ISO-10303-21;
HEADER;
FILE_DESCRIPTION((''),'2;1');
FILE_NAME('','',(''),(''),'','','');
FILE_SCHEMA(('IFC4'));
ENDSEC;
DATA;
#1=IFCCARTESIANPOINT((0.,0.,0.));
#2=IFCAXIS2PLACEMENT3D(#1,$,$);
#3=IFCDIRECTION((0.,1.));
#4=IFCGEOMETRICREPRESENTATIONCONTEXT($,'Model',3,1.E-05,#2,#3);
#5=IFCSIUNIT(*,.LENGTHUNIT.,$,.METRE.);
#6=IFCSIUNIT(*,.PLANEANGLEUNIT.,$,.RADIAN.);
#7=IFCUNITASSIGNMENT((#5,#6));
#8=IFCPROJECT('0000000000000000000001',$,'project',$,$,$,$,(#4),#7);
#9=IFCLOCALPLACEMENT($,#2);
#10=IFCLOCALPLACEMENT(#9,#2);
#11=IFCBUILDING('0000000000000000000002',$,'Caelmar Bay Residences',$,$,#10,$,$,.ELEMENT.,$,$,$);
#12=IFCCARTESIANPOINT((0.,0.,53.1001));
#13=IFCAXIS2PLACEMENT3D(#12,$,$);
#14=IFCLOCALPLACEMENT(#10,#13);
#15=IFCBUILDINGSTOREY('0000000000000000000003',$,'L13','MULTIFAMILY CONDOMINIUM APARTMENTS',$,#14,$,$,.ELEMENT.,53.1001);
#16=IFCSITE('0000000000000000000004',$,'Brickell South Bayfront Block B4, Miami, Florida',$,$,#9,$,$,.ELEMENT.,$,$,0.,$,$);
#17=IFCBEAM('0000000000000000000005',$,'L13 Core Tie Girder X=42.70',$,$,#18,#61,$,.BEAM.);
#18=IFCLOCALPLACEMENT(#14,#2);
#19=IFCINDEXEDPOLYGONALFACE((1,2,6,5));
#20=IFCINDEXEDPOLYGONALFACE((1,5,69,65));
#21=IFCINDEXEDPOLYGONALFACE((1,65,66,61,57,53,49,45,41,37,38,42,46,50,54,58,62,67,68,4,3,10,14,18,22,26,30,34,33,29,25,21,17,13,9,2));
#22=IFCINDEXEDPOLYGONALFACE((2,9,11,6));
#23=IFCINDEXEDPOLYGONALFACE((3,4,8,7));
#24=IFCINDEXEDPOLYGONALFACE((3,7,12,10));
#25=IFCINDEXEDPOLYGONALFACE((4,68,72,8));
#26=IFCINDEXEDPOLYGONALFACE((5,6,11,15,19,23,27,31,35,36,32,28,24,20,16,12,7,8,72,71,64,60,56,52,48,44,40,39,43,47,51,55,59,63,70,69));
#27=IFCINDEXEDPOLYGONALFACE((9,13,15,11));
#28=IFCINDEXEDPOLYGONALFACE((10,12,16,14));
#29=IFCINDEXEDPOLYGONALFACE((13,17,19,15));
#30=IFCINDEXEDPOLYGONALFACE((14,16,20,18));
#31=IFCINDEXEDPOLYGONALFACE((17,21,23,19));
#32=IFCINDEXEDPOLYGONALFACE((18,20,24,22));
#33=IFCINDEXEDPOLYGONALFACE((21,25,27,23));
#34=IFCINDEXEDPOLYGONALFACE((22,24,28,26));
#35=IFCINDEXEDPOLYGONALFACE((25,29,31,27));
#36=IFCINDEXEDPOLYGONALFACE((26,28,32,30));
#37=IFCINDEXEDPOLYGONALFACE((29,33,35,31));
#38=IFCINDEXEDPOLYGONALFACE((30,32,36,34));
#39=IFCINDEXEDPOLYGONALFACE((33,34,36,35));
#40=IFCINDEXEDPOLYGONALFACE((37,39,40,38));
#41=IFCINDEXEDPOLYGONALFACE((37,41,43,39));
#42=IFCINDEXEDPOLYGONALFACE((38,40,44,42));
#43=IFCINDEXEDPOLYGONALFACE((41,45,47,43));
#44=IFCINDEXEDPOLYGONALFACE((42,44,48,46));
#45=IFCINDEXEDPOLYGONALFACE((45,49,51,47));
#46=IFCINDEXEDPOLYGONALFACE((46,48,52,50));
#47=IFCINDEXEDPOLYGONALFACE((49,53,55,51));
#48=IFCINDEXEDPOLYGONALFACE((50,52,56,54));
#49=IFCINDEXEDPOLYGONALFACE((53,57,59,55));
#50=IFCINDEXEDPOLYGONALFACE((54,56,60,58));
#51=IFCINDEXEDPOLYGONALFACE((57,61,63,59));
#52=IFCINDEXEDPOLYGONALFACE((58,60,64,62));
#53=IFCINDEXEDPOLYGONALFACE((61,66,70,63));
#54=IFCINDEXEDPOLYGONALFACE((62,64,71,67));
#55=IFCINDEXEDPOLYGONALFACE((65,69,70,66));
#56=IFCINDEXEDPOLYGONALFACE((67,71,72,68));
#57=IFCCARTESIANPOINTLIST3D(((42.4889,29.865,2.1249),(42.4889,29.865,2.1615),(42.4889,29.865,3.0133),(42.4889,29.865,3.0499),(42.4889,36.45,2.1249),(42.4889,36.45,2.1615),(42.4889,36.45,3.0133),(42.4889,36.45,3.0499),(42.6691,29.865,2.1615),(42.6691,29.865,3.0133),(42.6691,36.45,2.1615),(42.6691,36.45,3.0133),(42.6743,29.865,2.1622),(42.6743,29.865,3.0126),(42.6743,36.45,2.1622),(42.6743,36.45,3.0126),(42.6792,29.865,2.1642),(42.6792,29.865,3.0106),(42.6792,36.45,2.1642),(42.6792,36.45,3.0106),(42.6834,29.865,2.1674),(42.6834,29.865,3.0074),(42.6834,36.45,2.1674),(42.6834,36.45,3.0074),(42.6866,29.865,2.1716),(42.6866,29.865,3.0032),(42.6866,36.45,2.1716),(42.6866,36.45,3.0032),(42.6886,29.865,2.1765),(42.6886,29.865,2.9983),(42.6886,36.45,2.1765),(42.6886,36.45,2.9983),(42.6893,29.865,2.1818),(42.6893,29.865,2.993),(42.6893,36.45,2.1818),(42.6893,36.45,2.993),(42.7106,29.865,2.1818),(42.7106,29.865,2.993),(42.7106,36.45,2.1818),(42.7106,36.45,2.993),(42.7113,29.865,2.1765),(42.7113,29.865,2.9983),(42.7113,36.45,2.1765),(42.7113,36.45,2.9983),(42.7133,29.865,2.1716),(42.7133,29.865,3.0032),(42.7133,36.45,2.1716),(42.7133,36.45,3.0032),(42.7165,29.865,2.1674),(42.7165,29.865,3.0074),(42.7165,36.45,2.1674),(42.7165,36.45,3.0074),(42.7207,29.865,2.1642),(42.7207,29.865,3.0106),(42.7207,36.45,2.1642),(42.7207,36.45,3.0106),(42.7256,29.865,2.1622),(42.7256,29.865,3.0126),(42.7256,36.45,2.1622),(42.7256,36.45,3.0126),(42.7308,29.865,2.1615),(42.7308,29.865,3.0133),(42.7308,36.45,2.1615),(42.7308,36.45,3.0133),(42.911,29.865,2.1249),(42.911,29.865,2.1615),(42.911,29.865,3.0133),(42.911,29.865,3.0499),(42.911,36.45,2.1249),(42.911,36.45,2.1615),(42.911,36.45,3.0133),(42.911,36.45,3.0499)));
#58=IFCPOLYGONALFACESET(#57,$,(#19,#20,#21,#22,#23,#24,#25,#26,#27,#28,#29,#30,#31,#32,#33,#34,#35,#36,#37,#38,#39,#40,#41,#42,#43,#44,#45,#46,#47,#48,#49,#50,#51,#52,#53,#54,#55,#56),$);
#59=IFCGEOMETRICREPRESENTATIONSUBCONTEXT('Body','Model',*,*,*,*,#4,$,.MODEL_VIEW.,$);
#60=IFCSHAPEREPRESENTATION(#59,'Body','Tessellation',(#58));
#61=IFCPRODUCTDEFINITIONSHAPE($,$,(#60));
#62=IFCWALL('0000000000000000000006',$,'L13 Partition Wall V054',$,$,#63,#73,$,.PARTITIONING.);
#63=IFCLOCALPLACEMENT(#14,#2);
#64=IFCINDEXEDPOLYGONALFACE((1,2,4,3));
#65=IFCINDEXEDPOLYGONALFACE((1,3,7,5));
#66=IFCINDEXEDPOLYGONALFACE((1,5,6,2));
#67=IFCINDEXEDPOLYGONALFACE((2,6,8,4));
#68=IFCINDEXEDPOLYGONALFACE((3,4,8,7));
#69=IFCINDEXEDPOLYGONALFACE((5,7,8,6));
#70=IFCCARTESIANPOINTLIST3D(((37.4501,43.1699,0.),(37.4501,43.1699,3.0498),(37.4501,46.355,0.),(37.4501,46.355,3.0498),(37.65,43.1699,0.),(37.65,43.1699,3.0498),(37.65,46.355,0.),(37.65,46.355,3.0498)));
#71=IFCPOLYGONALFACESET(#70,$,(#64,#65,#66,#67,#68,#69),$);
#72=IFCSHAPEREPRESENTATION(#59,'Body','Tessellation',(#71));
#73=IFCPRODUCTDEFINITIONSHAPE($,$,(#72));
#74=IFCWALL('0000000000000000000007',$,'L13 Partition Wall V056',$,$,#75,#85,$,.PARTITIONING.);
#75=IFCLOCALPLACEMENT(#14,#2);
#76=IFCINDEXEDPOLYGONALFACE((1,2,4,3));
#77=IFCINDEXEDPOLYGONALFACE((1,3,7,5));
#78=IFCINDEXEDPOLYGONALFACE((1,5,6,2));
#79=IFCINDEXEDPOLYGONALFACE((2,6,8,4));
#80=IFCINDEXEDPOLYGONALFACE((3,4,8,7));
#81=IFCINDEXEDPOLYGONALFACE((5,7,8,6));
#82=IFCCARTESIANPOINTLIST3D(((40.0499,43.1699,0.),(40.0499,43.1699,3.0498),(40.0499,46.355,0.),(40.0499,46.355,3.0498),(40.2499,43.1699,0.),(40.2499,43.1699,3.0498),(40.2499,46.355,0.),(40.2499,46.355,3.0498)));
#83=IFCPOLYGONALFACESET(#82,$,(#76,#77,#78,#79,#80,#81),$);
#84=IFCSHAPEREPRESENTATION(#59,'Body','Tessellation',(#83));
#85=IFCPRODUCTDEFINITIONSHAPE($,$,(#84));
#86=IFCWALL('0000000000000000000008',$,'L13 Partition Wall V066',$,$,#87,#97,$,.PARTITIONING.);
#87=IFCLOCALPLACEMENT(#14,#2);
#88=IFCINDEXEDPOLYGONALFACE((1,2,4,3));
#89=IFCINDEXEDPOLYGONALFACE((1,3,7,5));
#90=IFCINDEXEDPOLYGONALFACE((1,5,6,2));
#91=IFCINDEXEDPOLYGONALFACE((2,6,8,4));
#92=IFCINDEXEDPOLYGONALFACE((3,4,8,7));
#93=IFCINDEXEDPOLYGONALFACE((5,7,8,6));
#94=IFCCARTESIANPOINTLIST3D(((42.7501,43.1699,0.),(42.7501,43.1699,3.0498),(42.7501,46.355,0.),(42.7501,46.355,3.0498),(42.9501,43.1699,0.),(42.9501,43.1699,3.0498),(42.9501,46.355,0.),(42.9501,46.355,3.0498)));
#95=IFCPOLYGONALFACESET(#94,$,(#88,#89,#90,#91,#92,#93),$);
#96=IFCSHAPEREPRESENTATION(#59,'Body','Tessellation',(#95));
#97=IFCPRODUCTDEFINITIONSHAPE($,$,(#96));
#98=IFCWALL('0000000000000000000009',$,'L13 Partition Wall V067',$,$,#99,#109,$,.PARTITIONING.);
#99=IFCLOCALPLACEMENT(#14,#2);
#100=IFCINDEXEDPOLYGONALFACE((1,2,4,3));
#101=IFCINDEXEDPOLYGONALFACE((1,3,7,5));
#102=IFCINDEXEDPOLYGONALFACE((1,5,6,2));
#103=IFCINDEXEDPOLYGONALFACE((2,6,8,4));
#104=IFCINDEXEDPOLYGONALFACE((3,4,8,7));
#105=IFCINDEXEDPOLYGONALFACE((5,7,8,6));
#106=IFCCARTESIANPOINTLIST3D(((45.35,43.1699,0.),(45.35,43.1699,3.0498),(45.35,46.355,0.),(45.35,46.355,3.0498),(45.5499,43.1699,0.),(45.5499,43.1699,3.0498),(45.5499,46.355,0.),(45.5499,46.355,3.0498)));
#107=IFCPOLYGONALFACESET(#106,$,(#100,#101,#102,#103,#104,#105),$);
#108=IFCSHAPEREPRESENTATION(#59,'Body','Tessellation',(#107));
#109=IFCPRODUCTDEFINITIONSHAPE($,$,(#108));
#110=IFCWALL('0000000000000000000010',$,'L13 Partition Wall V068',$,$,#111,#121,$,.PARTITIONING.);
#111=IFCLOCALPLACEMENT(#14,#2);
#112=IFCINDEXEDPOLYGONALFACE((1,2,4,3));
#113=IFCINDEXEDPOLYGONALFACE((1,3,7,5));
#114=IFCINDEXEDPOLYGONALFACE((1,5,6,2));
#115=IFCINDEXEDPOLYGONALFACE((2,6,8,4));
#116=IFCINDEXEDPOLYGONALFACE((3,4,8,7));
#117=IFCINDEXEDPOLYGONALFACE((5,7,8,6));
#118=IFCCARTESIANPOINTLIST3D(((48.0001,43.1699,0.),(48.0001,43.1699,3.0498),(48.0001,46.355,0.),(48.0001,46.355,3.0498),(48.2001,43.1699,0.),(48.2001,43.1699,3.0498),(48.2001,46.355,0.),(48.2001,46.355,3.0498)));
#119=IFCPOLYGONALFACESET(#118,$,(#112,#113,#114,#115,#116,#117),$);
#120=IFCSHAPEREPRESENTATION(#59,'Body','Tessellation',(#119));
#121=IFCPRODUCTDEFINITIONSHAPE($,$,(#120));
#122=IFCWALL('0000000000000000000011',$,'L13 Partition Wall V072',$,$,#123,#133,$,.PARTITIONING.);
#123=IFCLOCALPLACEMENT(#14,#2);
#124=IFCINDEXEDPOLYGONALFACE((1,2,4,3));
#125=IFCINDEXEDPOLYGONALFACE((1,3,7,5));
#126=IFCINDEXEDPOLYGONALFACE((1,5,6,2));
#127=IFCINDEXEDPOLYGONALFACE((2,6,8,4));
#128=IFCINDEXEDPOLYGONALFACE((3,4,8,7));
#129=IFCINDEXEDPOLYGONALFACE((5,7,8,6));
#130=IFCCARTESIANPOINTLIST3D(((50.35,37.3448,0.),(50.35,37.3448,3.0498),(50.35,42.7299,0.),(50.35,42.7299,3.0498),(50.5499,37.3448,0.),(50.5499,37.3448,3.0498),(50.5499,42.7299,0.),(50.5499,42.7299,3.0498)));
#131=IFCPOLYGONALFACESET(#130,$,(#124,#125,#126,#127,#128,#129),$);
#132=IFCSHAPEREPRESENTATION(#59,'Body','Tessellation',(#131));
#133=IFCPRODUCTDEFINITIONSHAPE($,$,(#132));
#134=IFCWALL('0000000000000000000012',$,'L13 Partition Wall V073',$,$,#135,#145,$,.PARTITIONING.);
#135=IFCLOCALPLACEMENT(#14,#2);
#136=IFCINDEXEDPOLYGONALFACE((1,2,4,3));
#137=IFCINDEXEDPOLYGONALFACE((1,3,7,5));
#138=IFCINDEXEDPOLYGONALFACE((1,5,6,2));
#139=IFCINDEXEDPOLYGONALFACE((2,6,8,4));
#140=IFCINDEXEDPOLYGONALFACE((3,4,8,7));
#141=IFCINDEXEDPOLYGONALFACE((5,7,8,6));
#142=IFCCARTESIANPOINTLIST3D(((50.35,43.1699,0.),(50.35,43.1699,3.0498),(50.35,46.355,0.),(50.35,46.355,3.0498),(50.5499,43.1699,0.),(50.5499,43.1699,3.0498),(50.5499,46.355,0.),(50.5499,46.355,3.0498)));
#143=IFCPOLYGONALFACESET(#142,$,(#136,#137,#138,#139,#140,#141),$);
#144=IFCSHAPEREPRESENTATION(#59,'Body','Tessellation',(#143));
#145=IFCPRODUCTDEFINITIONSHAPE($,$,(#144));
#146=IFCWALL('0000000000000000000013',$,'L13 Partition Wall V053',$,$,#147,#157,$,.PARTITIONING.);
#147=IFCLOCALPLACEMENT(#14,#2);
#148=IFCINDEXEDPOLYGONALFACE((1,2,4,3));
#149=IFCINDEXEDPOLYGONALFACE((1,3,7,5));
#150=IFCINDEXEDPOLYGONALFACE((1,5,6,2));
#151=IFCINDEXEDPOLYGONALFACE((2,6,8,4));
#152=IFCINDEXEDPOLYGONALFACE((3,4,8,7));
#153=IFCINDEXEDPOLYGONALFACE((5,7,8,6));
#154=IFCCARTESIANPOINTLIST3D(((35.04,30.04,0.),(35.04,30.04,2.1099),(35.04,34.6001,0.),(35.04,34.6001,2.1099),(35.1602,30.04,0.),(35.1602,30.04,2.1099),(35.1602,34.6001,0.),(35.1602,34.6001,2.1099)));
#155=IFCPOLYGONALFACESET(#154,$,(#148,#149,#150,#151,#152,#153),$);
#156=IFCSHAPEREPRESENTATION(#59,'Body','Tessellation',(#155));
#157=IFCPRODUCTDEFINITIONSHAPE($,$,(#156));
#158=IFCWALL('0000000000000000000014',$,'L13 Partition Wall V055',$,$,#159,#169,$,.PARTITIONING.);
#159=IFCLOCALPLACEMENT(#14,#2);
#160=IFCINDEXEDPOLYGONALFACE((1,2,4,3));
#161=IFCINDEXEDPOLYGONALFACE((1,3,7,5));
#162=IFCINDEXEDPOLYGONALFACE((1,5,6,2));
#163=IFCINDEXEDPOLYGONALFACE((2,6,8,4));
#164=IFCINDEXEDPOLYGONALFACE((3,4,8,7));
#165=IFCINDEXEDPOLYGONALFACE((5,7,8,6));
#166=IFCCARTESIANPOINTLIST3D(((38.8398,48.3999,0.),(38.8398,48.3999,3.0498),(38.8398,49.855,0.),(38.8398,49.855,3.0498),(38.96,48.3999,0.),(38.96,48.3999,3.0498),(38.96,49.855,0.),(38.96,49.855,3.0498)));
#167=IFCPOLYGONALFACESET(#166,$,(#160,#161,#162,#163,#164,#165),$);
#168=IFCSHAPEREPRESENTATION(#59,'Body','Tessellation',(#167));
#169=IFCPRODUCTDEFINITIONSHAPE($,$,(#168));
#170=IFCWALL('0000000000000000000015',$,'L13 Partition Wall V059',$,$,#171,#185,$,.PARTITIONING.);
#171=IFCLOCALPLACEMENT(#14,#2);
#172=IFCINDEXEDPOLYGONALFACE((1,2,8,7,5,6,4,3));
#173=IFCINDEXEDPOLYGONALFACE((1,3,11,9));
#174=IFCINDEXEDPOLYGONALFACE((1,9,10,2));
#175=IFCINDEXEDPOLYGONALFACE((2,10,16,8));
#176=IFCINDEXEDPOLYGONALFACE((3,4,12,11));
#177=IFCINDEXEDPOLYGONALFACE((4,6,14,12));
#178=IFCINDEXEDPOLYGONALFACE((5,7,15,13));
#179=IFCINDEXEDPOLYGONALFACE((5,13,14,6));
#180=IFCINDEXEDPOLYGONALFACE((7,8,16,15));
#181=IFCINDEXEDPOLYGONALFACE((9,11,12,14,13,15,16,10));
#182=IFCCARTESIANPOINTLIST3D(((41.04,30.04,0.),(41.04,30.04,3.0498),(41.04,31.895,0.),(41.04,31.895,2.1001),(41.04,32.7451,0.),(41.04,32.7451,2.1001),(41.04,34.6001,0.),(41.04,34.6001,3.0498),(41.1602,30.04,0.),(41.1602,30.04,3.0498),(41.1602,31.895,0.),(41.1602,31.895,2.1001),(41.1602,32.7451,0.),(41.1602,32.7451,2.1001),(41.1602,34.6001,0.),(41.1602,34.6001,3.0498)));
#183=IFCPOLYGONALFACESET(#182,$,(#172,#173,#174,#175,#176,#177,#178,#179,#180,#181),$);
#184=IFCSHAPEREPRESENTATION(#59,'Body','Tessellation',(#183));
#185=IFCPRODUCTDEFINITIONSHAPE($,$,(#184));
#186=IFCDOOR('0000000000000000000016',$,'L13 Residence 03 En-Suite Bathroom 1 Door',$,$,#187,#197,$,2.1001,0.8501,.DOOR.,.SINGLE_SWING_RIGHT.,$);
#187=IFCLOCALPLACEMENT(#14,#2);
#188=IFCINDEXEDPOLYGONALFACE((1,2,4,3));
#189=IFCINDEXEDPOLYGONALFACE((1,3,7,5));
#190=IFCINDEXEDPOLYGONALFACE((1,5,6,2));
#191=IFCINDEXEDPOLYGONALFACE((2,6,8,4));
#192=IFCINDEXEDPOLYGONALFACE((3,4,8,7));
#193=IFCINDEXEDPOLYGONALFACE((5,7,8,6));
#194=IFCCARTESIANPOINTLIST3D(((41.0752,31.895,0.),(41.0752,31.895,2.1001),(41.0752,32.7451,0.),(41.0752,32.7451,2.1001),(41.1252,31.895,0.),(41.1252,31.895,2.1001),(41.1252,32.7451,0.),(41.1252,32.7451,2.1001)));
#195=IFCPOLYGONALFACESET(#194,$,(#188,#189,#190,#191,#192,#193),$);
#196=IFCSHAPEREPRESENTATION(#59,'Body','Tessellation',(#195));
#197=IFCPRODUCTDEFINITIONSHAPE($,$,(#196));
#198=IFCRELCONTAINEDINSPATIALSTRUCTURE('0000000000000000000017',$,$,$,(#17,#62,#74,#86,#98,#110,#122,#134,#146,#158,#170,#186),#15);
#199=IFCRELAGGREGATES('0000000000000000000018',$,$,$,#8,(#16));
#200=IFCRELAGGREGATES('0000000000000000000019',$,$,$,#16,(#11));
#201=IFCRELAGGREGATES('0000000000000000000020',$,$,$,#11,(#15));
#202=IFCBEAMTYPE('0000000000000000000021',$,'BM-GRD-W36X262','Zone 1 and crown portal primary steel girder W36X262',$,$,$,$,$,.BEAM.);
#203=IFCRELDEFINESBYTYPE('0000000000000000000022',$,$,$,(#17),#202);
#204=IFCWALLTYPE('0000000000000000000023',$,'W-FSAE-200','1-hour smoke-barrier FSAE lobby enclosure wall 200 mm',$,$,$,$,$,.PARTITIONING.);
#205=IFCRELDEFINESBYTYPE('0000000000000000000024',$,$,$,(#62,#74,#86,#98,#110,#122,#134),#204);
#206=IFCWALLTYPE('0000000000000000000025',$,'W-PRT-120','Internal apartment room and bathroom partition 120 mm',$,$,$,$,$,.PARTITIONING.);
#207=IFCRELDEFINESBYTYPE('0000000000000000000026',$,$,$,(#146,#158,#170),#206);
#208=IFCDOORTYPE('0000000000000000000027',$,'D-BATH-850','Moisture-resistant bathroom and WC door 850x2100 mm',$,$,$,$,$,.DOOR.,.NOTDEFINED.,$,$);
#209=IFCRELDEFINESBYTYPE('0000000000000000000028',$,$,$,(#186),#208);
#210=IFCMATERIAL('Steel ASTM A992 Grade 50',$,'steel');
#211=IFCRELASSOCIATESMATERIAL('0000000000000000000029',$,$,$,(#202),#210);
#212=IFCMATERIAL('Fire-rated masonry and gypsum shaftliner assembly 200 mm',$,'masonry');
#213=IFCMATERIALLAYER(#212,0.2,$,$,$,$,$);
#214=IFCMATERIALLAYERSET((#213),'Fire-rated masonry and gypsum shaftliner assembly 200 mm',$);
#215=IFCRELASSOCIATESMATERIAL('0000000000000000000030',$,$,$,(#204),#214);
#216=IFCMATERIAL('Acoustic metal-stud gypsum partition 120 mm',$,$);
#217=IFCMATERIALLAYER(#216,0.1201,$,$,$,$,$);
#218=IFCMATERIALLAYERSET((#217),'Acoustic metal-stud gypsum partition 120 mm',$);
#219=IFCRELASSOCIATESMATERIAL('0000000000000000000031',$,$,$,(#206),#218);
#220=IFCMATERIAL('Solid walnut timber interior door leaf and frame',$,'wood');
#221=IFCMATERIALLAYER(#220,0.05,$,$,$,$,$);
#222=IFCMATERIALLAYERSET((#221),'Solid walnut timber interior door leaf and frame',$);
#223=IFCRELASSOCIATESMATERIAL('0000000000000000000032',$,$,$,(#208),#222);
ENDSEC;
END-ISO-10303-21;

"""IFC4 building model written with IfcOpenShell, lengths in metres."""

from ifc_helpers import new_model, si_unit, direction, frame, frame_2d, origin, origin_2d, place, context, subcontext, project, spatial, rectangle, i_section, extrude, material, layer, layer_set, material_profile, profile_set, type_object, element, fill, save


model = new_model("IFC4")

# Units and contexts
model_context = context("Model", 3, precision=1e-05, world=origin(), true_north=direction((0.0, 1.0)))
body_context = subcontext(model_context, "Body", "Model", "MODEL_VIEW")
ifc_project = project(units=[si_unit("LENGTHUNIT", "METRE"), si_unit("PLANEANGLEUNIT", "RADIAN")], contexts=[model_context])

# Site, building, storey
site_placement = place(None, origin())
site = spatial("IfcSite", under=ifc_project, at=site_placement, Name="Brickell South Bayfront Block B4, Miami, Florida", CompositionType="ELEMENT", RefElevation=0.0)
building_placement = place(site_placement, origin())
building = spatial("IfcBuilding", under=site, at=building_placement, Name="Caelmar Bay Residences", CompositionType="ELEMENT")
storey_placement = place(building_placement, frame((0.0, 0.0, 53.1001)))
storey = spatial("IfcBuildingStorey", under=building, at=storey_placement, Name="L13", Description="MULTIFAMILY CONDOMINIUM APARTMENTS", CompositionType="ELEMENT", Elevation=53.1001)

# Beam
ifc_material_1 = material(Name="Steel ASTM A992 Grade 50", Category="steel")
ifc_material_profile = material_profile(ifc_material_1, i_section(OverallWidth=0.4221, OverallDepth=0.925, WebThickness=0.0212, FlangeThickness=0.0366, FilletRadius=0.0203, at=origin_2d()), Name="W36X262")
ifc_profile_set = profile_set([ifc_material_profile], Name="Steel ASTM A992 Grade 50")
beam_type = type_object("IfcBeamType", Name="BM-GRD-W36X262", Description="Zone 1 and crown portal primary steel girder W36X262", PredefinedType="BEAM", material=ifc_profile_set)
beam_placement = place(storey_placement, frame((42.7, 29.865, 2.5874), z_axis=(0.0, 1.0, 0.0), x_axis=(-1.0, 0.0, 0.0)))
element("IfcBeam", 1, at=beam_placement, inside=storey, type_object=beam_type, Name="L13 Core Tie Girder X=42.70", PredefinedType="BEAM", context=body_context, shape_type="SweptSolid", body=[
    extrude(i_section(OverallWidth=0.4221, OverallDepth=0.925, WebThickness=0.0212, FlangeThickness=0.0366, FilletRadius=0.0203, at=origin_2d()), origin(), (0.0, 0.0, 1.0), 6.585),
])

# Walls
ifc_material_2 = material(Name="Fire-rated masonry and gypsum shaftliner assembly 200 mm", Category="masonry")
ifc_layer_1 = layer(ifc_material_2, 0.2)
ifc_layer_set_1 = layer_set([ifc_layer_1], Name="Fire-rated masonry and gypsum shaftliner assembly 200 mm")
wall_type_1 = type_object("IfcWallType", Name="W-FSAE-200", Description="1-hour smoke-barrier FSAE lobby enclosure wall 200 mm", PredefinedType="PARTITIONING", material=ifc_layer_set_1)
for number, where, z_axis, x_axis, name in (
    (2, (37.55, 43.1699, 0.0), (0.0, 0.0, 1.0), (0.0, 1.0, 0.0), "L13 Partition Wall V054"),
    (3, (40.1499, 43.1699, 0.0), (0.0, 0.0, 1.0), (0.0, 1.0, 0.0), "L13 Partition Wall V056"),
    (4, (42.8501, 43.1699, 0.0), (0.0, 0.0, 1.0), (0.0, 1.0, 0.0), "L13 Partition Wall V066"),
    (5, (45.45, 43.1699, 0.0), (0.0, 0.0, 1.0), (0.0, 1.0, 0.0), "L13 Partition Wall V067"),
    (6, (48.1001, 43.1699, 0.0), (0.0, 0.0, 1.0), (0.0, 1.0, 0.0), "L13 Partition Wall V068"),
):
    element("IfcWall", number, at=place(storey_placement, frame(where, z_axis=z_axis, x_axis=x_axis)), inside=storey, type_object=wall_type_1, Name=name, PredefinedType="PARTITIONING", context=body_context, shape_type="SweptSolid", body=[
        extrude(rectangle(XDim=3.1851, YDim=0.2, at=frame_2d((1.5925, 0.0))), origin(), (0.0, 0.0, 1.0), 3.0498),
    ])
wall_1_placement = place(storey_placement, frame((50.45, 37.345, 0.0), z_axis=(0.0, 0.0, 1.0), x_axis=(0.0, 1.0, 0.0)))
element("IfcWall", 7, at=wall_1_placement, inside=storey, type_object=wall_type_1, Name="L13 Partition Wall V072", PredefinedType="PARTITIONING", context=body_context, shape_type="SweptSolid", body=[
    extrude(rectangle(XDim=5.385, YDim=0.2, at=frame_2d((2.6924, 0.0))), origin(), (0.0, 0.0, 1.0), 3.0498),
])
wall_2_placement = place(storey_placement, frame((50.45, 43.1699, 0.0), z_axis=(0.0, 0.0, 1.0), x_axis=(0.0, 1.0, 0.0)))
element("IfcWall", 8, at=wall_2_placement, inside=storey, type_object=wall_type_1, Name="L13 Partition Wall V073", PredefinedType="PARTITIONING", context=body_context, shape_type="SweptSolid", body=[
    extrude(rectangle(XDim=3.1851, YDim=0.2, at=frame_2d((1.5925, 0.0))), origin(), (0.0, 0.0, 1.0), 3.0498),
])
ifc_material_3 = material(Name="Acoustic metal-stud gypsum partition 120 mm")
ifc_layer_2 = layer(ifc_material_3, 0.1201)
ifc_layer_set_2 = layer_set([ifc_layer_2], Name="Acoustic metal-stud gypsum partition 120 mm")
wall_type_2 = type_object("IfcWallType", Name="W-PRT-120", Description="Internal apartment room and bathroom partition 120 mm", PredefinedType="PARTITIONING", material=ifc_layer_set_2)
wall_3_placement = place(storey_placement, frame((35.1001, 30.04, 0.0), z_axis=(0.0, 0.0, 1.0), x_axis=(0.0, 1.0, 0.0)))
element("IfcWall", 9, at=wall_3_placement, inside=storey, type_object=wall_type_2, Name="L13 Partition Wall V053", PredefinedType="PARTITIONING", context=body_context, shape_type="SweptSolid", body=[
    extrude(rectangle(XDim=4.5601, YDim=0.1201, at=frame_2d((2.28, 0.0))), origin(), (0.0, 0.0, 1.0), 2.1099),
])
wall_4_placement = place(storey_placement, frame((38.8999, 48.3999, 0.0), z_axis=(0.0, 0.0, 1.0), x_axis=(0.0, 1.0, 0.0)))
element("IfcWall", 10, at=wall_4_placement, inside=storey, type_object=wall_type_2, Name="L13 Partition Wall V055", PredefinedType="PARTITIONING", context=body_context, shape_type="SweptSolid", body=[
    extrude(rectangle(XDim=1.4551, YDim=0.1201, at=frame_2d((0.7275, 0.0))), origin(), (0.0, 0.0, 1.0), 3.0498),
])

# Wall, opening, door
wall_5_placement = place(storey_placement, frame((41.1001, 30.04, 0.0), z_axis=(0.0, 0.0, 1.0), x_axis=(0.0, 1.0, 0.0)))
wall_5 = element("IfcWall", 11, at=wall_5_placement, inside=storey, type_object=wall_type_2, Name="L13 Partition Wall V059", PredefinedType="PARTITIONING", context=body_context, shape_type="SweptSolid", body=[
    extrude(rectangle(XDim=4.5601, YDim=0.1201, at=frame_2d((2.28, 0.0))), origin(), (0.0, 0.0, 1.0), 3.0498),
])
opening_1_placement = place(wall_5_placement, frame((1.855, 0.0, 0.0)))
opening_1 = element("IfcOpeningElement", 12, at=opening_1_placement, cuts=wall_5, PredefinedType="OPENING", context=body_context, shape_type="SweptSolid", body=[
    extrude(rectangle(XDim=0.8501, YDim=2.1001, at=frame_2d((0.425, 1.05))), frame((0.0, 0.0701, 0.0), z_axis=(0.0, -1.0, 0.0), x_axis=(1.0, 0.0, 0.0)), (0.0, 0.0, 1.0), 0.1401),
])
ifc_material_4 = material(Name="Solid walnut timber interior door leaf and frame", Category="wood")
ifc_layer_3 = layer(ifc_material_4, 0.05)
ifc_layer_set_3 = layer_set([ifc_layer_3], Name="Solid walnut timber interior door leaf and frame")
door_type = type_object("IfcDoorType", Name="D-BATH-850", Description="Moisture-resistant bathroom and WC door 850x2100 mm", OperationType="NOTDEFINED", PredefinedType="DOOR", material=ifc_layer_set_3)
door_1_placement = place(opening_1_placement, origin())
door_1 = element("IfcDoor", 13, at=door_1_placement, inside=storey, type_object=door_type, Name="L13 Residence 03 En-Suite Bathroom 1 Door", OperationType="SINGLE_SWING_RIGHT", OverallHeight=2.1001, OverallWidth=0.8501, PredefinedType="DOOR", context=body_context, shape_type="SweptSolid", body=[
    extrude(rectangle(XDim=0.8501, YDim=2.1001, at=frame_2d((0.425, 1.05))), frame((0.0, 0.0249, 0.0), z_axis=(0.0, -1.0, 0.0), x_axis=(1.0, 0.0, 0.0)), (0.0, 0.0, 1.0), 0.05),
])
fill(opening_1, door_1)

save(model, "model.ifc")
